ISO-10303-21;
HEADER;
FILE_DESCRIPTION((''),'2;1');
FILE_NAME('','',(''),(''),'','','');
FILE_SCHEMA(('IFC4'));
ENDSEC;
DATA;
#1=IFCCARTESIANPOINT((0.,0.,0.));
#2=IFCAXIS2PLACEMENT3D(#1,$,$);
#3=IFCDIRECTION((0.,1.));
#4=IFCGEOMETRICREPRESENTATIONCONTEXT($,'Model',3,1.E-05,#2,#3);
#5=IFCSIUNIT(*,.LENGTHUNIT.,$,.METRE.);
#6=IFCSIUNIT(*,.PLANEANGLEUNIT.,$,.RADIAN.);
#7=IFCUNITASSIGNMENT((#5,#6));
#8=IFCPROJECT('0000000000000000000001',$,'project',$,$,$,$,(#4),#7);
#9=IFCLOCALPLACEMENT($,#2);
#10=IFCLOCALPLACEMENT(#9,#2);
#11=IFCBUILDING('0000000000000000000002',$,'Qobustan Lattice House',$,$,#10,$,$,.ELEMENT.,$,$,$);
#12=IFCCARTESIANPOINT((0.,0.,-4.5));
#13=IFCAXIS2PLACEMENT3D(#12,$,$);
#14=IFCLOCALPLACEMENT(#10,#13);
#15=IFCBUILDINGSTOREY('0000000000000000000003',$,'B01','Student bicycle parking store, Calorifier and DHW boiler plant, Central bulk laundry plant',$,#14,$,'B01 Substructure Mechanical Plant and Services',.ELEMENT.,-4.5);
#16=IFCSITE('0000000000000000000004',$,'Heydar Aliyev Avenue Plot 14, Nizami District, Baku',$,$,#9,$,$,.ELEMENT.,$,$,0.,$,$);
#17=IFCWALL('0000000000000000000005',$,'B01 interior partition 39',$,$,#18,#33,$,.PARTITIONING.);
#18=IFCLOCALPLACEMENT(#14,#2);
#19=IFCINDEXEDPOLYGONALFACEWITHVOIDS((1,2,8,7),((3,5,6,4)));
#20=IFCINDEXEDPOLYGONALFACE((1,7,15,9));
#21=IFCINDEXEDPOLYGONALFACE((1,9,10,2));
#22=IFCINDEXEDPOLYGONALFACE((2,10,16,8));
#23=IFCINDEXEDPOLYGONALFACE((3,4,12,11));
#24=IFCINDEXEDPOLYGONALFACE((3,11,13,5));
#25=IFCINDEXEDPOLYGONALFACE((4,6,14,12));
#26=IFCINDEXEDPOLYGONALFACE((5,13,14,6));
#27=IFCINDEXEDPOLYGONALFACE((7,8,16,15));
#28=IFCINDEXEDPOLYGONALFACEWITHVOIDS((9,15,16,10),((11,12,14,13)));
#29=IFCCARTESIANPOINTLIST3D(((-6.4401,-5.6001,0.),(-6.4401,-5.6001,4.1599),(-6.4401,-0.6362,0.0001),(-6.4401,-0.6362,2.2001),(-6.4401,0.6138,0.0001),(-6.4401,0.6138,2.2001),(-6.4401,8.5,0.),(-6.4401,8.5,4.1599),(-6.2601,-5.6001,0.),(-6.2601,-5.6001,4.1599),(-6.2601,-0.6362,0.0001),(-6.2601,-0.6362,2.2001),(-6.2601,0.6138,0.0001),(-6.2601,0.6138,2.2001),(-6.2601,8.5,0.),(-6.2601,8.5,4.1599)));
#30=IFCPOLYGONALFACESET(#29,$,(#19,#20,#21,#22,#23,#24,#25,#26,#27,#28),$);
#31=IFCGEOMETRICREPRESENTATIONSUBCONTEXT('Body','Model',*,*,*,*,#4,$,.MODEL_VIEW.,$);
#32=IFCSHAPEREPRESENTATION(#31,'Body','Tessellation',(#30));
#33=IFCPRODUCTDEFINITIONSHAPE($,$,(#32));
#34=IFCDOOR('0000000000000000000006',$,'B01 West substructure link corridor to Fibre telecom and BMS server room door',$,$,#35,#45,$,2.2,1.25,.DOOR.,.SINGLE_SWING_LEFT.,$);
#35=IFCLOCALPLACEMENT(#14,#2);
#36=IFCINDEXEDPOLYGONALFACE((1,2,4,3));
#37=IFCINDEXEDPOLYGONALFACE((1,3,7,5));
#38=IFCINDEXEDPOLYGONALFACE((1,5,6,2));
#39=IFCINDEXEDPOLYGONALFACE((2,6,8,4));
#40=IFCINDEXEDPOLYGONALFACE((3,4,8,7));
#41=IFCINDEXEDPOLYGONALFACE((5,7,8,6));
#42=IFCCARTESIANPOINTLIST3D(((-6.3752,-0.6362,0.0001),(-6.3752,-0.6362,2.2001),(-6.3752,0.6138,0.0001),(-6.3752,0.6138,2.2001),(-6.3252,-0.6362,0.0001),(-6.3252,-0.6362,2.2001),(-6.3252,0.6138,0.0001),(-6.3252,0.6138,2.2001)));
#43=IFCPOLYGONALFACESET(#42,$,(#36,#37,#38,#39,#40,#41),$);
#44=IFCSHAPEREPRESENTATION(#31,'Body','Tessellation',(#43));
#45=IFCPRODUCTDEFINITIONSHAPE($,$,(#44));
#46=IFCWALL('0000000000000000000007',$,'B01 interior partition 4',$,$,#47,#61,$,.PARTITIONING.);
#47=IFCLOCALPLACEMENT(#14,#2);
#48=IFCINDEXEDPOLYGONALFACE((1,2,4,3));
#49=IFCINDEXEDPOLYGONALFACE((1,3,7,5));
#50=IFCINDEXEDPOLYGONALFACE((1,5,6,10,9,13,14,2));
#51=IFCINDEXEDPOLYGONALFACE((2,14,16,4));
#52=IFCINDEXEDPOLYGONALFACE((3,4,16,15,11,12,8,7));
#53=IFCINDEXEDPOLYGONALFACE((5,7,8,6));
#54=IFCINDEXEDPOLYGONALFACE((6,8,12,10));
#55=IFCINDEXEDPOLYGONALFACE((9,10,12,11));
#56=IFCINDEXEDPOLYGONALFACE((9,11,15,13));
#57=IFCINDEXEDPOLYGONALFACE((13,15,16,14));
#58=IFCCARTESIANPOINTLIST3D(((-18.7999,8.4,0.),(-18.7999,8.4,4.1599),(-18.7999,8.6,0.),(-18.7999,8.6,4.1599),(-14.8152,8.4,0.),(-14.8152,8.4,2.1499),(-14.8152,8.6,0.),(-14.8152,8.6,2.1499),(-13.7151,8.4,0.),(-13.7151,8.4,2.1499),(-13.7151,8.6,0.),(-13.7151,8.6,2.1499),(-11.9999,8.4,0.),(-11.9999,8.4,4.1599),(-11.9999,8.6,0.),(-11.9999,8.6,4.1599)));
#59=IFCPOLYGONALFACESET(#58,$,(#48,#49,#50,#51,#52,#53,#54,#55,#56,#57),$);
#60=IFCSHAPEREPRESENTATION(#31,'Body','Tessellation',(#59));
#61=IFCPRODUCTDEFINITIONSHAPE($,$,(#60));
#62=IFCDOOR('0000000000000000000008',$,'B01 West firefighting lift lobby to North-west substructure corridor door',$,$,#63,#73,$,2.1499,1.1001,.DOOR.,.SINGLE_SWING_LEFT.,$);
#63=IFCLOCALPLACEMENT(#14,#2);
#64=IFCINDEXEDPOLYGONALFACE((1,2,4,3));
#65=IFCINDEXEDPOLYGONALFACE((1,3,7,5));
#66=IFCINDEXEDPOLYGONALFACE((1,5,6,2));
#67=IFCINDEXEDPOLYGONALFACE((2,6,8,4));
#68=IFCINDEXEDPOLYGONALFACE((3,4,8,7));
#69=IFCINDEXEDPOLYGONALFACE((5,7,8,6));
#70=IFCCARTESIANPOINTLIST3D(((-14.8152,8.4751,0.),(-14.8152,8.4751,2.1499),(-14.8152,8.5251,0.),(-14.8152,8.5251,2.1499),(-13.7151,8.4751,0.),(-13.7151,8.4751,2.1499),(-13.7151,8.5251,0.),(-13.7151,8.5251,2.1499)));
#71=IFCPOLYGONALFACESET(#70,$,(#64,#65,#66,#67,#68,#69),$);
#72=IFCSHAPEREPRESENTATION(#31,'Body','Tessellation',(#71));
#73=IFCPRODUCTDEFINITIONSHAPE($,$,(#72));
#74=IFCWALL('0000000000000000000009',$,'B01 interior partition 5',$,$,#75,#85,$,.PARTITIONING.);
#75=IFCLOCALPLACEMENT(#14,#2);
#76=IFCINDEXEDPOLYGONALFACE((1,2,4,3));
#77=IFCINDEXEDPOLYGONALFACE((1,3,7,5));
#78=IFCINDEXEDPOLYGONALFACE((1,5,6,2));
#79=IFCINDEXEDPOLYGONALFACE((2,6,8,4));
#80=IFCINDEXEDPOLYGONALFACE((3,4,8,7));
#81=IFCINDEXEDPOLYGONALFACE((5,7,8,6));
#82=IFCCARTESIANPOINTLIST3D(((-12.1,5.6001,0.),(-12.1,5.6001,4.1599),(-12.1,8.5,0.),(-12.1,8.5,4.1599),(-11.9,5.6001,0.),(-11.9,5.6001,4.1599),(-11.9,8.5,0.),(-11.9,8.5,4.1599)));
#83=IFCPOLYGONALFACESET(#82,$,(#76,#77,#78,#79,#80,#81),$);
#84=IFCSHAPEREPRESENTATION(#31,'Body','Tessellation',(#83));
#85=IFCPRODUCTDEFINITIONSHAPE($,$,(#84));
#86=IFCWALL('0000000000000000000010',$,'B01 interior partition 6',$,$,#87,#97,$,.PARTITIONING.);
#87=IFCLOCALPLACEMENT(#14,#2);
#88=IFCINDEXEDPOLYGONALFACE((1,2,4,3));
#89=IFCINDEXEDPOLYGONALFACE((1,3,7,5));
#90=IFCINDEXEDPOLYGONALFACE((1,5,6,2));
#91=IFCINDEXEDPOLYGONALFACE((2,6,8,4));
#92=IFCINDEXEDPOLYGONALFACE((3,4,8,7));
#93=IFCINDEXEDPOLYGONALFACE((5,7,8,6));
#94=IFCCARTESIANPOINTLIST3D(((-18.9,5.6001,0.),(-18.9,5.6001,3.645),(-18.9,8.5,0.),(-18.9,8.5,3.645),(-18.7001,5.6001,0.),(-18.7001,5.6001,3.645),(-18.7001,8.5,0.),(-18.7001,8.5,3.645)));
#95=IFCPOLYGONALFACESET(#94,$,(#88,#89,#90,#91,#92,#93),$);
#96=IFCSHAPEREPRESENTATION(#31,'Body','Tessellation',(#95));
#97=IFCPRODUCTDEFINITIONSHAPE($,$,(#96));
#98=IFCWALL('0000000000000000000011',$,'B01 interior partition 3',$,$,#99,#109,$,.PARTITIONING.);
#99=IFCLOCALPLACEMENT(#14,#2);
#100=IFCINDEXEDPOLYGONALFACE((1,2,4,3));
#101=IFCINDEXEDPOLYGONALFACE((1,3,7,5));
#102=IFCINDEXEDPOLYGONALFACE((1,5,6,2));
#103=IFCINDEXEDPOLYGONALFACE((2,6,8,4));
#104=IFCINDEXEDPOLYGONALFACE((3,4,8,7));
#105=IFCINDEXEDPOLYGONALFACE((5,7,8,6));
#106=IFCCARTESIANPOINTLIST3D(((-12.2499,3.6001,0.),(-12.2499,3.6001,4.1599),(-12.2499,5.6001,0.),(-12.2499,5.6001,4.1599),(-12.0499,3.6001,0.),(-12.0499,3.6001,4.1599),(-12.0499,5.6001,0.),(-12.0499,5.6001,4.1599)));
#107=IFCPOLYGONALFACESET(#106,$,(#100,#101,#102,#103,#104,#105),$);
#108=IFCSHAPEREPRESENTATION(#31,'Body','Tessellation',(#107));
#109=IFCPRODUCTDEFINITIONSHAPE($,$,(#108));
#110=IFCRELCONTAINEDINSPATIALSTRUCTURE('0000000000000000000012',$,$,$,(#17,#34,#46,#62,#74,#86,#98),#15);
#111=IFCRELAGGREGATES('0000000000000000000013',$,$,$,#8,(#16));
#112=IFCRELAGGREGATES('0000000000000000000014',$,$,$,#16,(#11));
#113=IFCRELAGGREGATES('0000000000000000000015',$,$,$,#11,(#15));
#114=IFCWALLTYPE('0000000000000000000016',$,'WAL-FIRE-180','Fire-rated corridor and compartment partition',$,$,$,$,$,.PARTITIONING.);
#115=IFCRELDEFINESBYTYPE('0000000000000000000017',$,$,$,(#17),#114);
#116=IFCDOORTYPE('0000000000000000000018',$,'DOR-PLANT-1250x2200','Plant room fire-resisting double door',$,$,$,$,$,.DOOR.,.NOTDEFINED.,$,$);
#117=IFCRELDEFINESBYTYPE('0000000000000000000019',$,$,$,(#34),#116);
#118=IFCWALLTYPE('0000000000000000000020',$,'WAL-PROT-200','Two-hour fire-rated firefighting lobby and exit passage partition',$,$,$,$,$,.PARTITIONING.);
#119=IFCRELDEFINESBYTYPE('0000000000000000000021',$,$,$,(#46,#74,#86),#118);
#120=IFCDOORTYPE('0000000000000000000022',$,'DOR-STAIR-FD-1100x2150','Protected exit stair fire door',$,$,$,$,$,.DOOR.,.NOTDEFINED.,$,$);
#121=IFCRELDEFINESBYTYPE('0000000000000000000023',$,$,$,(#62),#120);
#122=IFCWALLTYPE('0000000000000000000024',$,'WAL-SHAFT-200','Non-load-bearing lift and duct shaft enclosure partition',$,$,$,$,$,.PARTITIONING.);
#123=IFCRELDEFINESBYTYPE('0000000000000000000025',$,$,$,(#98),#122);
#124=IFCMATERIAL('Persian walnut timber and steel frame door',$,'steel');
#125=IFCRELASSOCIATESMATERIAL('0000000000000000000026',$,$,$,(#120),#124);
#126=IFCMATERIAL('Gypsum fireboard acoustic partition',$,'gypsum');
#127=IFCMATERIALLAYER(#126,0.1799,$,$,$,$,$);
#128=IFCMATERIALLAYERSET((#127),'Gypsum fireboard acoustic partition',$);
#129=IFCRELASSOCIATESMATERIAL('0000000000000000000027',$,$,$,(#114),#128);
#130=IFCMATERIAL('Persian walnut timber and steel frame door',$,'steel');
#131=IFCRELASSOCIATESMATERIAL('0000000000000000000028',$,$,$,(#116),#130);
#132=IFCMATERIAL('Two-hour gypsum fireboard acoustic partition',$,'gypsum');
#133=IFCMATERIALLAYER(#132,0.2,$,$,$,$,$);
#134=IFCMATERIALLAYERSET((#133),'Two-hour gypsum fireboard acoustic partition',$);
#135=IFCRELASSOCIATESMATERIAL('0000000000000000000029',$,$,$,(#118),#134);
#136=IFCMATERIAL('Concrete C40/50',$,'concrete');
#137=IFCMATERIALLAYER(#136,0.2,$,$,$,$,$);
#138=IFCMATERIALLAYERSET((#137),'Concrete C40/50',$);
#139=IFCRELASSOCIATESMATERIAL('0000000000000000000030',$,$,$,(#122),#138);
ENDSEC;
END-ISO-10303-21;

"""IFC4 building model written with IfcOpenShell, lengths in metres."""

from ifc_helpers import new_model, si_unit, direction, frame, frame_2d, origin, place, context, subcontext, project, spatial, rectangle, extrude, material, layer, layer_set, type_object, element, fill, save


model = new_model("IFC4")

# Units and contexts
model_context = context("Model", 3, precision=1e-05, world=origin(), true_north=direction((0.0, 1.0)))
body_context = subcontext(model_context, "Body", "Model", "MODEL_VIEW")
ifc_project = project(units=[si_unit("LENGTHUNIT", "METRE"), si_unit("PLANEANGLEUNIT", "RADIAN")], contexts=[model_context])

# Site, building, storey
site_placement = place(None, origin())
site = spatial("IfcSite", under=ifc_project, at=site_placement, Name="Heydar Aliyev Avenue Plot 14, Nizami District, Baku", CompositionType="ELEMENT", RefElevation=0.0)
building_placement = place(site_placement, origin())
building = spatial("IfcBuilding", under=site, at=building_placement, Name="Qobustan Lattice House", CompositionType="ELEMENT")
storey_placement = place(building_placement, frame((0.0, 0.0, -4.5)))
storey = spatial("IfcBuildingStorey", under=building, at=storey_placement, Name="B01", Description="Student bicycle parking store, Calorifier and DHW boiler plant, Central bulk laundry plant", LongName="B01 Substructure Mechanical Plant and Services", CompositionType="ELEMENT", Elevation=-4.5)

# Shared definitions
ifc_material_1 = material(Name="Persian walnut timber and steel frame door", Category="steel")
door_type_1 = type_object("IfcDoorType", Name="DOR-STAIR-FD-1100x2150", Description="Protected exit stair fire door", OperationType="NOTDEFINED", PredefinedType="DOOR", material=ifc_material_1)

# Walls, openings, doors
ifc_material_2 = material(Name="Gypsum fireboard acoustic partition", Category="gypsum")
ifc_layer_1 = layer(ifc_material_2, 0.1799)
ifc_layer_set_1 = layer_set([ifc_layer_1], Name="Gypsum fireboard acoustic partition")
wall_type_1 = type_object("IfcWallType", Name="WAL-FIRE-180", Description="Fire-rated corridor and compartment partition", PredefinedType="PARTITIONING", material=ifc_layer_set_1)
ifc_material_3 = material(Name="Persian walnut timber and steel frame door", Category="steel")
door_type_2 = type_object("IfcDoorType", Name="DOR-PLANT-1250x2200", Description="Plant room fire-resisting double door", OperationType="NOTDEFINED", PredefinedType="DOOR", material=ifc_material_3)
wall_1_placement = place(storey_placement, frame((-6.3501, 8.5, 0.0), z_axis=(0.0, 0.0, 1.0), x_axis=(0.0, -1.0, 0.0)))
wall_1 = element("IfcWall", 1, at=wall_1_placement, inside=storey, type_object=wall_type_1, Name="B01 interior partition 39", PredefinedType="PARTITIONING", context=body_context, shape_type="SweptSolid", body=[
    extrude(rectangle(XDim=14.1001, YDim=0.1799, at=frame_2d((7.05, 0.0))), origin(), (0.0, 0.0, 1.0), 4.1599),
])
opening_1_placement = place(wall_1_placement, frame((7.8862, 0.0, 0.0)))
opening_1 = element("IfcOpeningElement", 2, at=opening_1_placement, cuts=wall_1, PredefinedType="OPENING", context=body_context, shape_type="SweptSolid", body=[
    extrude(rectangle(XDim=1.25, YDim=2.2, at=frame_2d((0.625, 1.1001))), frame((0.0, 0.0999, 0.0), z_axis=(0.0, -1.0, 0.0), x_axis=(1.0, 0.0, 0.0)), (0.0, 0.0, 1.0), 0.2),
])
door_1_placement = place(opening_1_placement, origin())
door_1 = element("IfcDoor", 3, at=door_1_placement, inside=storey, type_object=door_type_2, Name="B01 West substructure link corridor to Fibre telecom and BMS server room door", OperationType="SINGLE_SWING_LEFT", OverallHeight=2.2, OverallWidth=1.25, PredefinedType="DOOR", context=body_context, shape_type="SweptSolid", body=[
    extrude(rectangle(XDim=1.25, YDim=2.2, at=frame_2d((0.625, 1.1001))), frame((0.0, 0.0249, 0.0), z_axis=(0.0, -1.0, 0.0), x_axis=(1.0, 0.0, 0.0)), (0.0, 0.0, 1.0), 0.05),
])
fill(opening_1, door_1)
ifc_material_4 = material(Name="Two-hour gypsum fireboard acoustic partition", Category="gypsum")
ifc_layer_2 = layer(ifc_material_4, 0.2)
ifc_layer_set_2 = layer_set([ifc_layer_2], Name="Two-hour gypsum fireboard acoustic partition")
wall_type_2 = type_object("IfcWallType", Name="WAL-PROT-200", Description="Two-hour fire-rated firefighting lobby and exit passage partition", PredefinedType="PARTITIONING", material=ifc_layer_set_2)
wall_2_placement = place(storey_placement, frame((-12.0, 8.5, 0.0), z_axis=(0.0, 0.0, 1.0), x_axis=(-1.0, 0.0, 0.0)))
wall_2 = element("IfcWall", 4, at=wall_2_placement, inside=storey, type_object=wall_type_2, Name="B01 interior partition 4", PredefinedType="PARTITIONING", context=body_context, shape_type="SweptSolid", body=[
    extrude(rectangle(XDim=6.8, YDim=0.2, at=frame_2d((3.3999, 0.0))), origin(), (0.0, 0.0, 1.0), 4.1599),
])
opening_2_placement = place(wall_2_placement, frame((1.7151, 0.0, 0.0)))
opening_2 = element("IfcOpeningElement", 5, at=opening_2_placement, cuts=wall_2, PredefinedType="OPENING", context=body_context, shape_type="SweptSolid", body=[
    extrude(rectangle(XDim=1.1001, YDim=2.1499, at=frame_2d((0.55, 1.075))), frame((0.0, 0.1099, 0.0), z_axis=(0.0, -1.0, 0.0), x_axis=(1.0, 0.0, 0.0)), (0.0, 0.0, 1.0), 0.22),
])
door_2_placement = place(opening_2_placement, origin())
door_2 = element("IfcDoor", 6, at=door_2_placement, inside=storey, type_object=door_type_1, Name="B01 West firefighting lift lobby to North-west substructure corridor door", OperationType="SINGLE_SWING_LEFT", OverallHeight=2.1499, OverallWidth=1.1001, PredefinedType="DOOR", context=body_context, shape_type="SweptSolid", body=[
    extrude(rectangle(XDim=1.1001, YDim=2.1499, at=frame_2d((0.55, 1.075))), frame((0.0, 0.0249, 0.0), z_axis=(0.0, -1.0, 0.0), x_axis=(1.0, 0.0, 0.0)), (0.0, 0.0, 1.0), 0.05),
])
fill(opening_2, door_2)

# Walls
wall_3_placement = place(storey_placement, frame((-12.0, 5.6001, 0.0), z_axis=(0.0, 0.0, 1.0), x_axis=(0.0, 1.0, 0.0)))
element("IfcWall", 7, at=wall_3_placement, inside=storey, type_object=wall_type_2, Name="B01 interior partition 5", PredefinedType="PARTITIONING", context=body_context, shape_type="SweptSolid", body=[
    extrude(rectangle(XDim=2.8999, YDim=0.2, at=frame_2d((1.45, 0.0))), origin(), (0.0, 0.0, 1.0), 4.1599),
])
wall_4_placement = place(storey_placement, frame((-18.8, 8.5, 0.0), z_axis=(0.0, 0.0, 1.0), x_axis=(0.0, -1.0, 0.0)))
element("IfcWall", 8, at=wall_4_placement, inside=storey, type_object=wall_type_2, Name="B01 interior partition 6", PredefinedType="PARTITIONING", context=body_context, shape_type="SweptSolid", body=[
    extrude(rectangle(XDim=2.8999, YDim=0.2, at=frame_2d((1.45, 0.0))), origin(), (0.0, 0.0, 1.0), 3.645),
])
ifc_material_5 = material(Name="Concrete C40/50", Category="concrete")
ifc_layer_3 = layer(ifc_material_5, 0.2)
ifc_layer_set_3 = layer_set([ifc_layer_3], Name="Concrete C40/50")
wall_type_3 = type_object("IfcWallType", Name="WAL-SHAFT-200", Description="Non-load-bearing lift and duct shaft enclosure partition", PredefinedType="PARTITIONING", material=ifc_layer_set_3)
wall_5_placement = place(storey_placement, frame((-12.1499, 3.6001, 0.0), z_axis=(0.0, 0.0, 1.0), x_axis=(0.0, 1.0, 0.0)))
element("IfcWall", 9, at=wall_5_placement, inside=storey, type_object=wall_type_3, Name="B01 interior partition 3", PredefinedType="PARTITIONING", context=body_context, shape_type="SweptSolid", body=[
    extrude(rectangle(XDim=2.0, YDim=0.2, at=frame_2d((1.0, 0.0))), origin(), (0.0, 0.0, 1.0), 4.1599),
])

save(model, "model.ifc")
